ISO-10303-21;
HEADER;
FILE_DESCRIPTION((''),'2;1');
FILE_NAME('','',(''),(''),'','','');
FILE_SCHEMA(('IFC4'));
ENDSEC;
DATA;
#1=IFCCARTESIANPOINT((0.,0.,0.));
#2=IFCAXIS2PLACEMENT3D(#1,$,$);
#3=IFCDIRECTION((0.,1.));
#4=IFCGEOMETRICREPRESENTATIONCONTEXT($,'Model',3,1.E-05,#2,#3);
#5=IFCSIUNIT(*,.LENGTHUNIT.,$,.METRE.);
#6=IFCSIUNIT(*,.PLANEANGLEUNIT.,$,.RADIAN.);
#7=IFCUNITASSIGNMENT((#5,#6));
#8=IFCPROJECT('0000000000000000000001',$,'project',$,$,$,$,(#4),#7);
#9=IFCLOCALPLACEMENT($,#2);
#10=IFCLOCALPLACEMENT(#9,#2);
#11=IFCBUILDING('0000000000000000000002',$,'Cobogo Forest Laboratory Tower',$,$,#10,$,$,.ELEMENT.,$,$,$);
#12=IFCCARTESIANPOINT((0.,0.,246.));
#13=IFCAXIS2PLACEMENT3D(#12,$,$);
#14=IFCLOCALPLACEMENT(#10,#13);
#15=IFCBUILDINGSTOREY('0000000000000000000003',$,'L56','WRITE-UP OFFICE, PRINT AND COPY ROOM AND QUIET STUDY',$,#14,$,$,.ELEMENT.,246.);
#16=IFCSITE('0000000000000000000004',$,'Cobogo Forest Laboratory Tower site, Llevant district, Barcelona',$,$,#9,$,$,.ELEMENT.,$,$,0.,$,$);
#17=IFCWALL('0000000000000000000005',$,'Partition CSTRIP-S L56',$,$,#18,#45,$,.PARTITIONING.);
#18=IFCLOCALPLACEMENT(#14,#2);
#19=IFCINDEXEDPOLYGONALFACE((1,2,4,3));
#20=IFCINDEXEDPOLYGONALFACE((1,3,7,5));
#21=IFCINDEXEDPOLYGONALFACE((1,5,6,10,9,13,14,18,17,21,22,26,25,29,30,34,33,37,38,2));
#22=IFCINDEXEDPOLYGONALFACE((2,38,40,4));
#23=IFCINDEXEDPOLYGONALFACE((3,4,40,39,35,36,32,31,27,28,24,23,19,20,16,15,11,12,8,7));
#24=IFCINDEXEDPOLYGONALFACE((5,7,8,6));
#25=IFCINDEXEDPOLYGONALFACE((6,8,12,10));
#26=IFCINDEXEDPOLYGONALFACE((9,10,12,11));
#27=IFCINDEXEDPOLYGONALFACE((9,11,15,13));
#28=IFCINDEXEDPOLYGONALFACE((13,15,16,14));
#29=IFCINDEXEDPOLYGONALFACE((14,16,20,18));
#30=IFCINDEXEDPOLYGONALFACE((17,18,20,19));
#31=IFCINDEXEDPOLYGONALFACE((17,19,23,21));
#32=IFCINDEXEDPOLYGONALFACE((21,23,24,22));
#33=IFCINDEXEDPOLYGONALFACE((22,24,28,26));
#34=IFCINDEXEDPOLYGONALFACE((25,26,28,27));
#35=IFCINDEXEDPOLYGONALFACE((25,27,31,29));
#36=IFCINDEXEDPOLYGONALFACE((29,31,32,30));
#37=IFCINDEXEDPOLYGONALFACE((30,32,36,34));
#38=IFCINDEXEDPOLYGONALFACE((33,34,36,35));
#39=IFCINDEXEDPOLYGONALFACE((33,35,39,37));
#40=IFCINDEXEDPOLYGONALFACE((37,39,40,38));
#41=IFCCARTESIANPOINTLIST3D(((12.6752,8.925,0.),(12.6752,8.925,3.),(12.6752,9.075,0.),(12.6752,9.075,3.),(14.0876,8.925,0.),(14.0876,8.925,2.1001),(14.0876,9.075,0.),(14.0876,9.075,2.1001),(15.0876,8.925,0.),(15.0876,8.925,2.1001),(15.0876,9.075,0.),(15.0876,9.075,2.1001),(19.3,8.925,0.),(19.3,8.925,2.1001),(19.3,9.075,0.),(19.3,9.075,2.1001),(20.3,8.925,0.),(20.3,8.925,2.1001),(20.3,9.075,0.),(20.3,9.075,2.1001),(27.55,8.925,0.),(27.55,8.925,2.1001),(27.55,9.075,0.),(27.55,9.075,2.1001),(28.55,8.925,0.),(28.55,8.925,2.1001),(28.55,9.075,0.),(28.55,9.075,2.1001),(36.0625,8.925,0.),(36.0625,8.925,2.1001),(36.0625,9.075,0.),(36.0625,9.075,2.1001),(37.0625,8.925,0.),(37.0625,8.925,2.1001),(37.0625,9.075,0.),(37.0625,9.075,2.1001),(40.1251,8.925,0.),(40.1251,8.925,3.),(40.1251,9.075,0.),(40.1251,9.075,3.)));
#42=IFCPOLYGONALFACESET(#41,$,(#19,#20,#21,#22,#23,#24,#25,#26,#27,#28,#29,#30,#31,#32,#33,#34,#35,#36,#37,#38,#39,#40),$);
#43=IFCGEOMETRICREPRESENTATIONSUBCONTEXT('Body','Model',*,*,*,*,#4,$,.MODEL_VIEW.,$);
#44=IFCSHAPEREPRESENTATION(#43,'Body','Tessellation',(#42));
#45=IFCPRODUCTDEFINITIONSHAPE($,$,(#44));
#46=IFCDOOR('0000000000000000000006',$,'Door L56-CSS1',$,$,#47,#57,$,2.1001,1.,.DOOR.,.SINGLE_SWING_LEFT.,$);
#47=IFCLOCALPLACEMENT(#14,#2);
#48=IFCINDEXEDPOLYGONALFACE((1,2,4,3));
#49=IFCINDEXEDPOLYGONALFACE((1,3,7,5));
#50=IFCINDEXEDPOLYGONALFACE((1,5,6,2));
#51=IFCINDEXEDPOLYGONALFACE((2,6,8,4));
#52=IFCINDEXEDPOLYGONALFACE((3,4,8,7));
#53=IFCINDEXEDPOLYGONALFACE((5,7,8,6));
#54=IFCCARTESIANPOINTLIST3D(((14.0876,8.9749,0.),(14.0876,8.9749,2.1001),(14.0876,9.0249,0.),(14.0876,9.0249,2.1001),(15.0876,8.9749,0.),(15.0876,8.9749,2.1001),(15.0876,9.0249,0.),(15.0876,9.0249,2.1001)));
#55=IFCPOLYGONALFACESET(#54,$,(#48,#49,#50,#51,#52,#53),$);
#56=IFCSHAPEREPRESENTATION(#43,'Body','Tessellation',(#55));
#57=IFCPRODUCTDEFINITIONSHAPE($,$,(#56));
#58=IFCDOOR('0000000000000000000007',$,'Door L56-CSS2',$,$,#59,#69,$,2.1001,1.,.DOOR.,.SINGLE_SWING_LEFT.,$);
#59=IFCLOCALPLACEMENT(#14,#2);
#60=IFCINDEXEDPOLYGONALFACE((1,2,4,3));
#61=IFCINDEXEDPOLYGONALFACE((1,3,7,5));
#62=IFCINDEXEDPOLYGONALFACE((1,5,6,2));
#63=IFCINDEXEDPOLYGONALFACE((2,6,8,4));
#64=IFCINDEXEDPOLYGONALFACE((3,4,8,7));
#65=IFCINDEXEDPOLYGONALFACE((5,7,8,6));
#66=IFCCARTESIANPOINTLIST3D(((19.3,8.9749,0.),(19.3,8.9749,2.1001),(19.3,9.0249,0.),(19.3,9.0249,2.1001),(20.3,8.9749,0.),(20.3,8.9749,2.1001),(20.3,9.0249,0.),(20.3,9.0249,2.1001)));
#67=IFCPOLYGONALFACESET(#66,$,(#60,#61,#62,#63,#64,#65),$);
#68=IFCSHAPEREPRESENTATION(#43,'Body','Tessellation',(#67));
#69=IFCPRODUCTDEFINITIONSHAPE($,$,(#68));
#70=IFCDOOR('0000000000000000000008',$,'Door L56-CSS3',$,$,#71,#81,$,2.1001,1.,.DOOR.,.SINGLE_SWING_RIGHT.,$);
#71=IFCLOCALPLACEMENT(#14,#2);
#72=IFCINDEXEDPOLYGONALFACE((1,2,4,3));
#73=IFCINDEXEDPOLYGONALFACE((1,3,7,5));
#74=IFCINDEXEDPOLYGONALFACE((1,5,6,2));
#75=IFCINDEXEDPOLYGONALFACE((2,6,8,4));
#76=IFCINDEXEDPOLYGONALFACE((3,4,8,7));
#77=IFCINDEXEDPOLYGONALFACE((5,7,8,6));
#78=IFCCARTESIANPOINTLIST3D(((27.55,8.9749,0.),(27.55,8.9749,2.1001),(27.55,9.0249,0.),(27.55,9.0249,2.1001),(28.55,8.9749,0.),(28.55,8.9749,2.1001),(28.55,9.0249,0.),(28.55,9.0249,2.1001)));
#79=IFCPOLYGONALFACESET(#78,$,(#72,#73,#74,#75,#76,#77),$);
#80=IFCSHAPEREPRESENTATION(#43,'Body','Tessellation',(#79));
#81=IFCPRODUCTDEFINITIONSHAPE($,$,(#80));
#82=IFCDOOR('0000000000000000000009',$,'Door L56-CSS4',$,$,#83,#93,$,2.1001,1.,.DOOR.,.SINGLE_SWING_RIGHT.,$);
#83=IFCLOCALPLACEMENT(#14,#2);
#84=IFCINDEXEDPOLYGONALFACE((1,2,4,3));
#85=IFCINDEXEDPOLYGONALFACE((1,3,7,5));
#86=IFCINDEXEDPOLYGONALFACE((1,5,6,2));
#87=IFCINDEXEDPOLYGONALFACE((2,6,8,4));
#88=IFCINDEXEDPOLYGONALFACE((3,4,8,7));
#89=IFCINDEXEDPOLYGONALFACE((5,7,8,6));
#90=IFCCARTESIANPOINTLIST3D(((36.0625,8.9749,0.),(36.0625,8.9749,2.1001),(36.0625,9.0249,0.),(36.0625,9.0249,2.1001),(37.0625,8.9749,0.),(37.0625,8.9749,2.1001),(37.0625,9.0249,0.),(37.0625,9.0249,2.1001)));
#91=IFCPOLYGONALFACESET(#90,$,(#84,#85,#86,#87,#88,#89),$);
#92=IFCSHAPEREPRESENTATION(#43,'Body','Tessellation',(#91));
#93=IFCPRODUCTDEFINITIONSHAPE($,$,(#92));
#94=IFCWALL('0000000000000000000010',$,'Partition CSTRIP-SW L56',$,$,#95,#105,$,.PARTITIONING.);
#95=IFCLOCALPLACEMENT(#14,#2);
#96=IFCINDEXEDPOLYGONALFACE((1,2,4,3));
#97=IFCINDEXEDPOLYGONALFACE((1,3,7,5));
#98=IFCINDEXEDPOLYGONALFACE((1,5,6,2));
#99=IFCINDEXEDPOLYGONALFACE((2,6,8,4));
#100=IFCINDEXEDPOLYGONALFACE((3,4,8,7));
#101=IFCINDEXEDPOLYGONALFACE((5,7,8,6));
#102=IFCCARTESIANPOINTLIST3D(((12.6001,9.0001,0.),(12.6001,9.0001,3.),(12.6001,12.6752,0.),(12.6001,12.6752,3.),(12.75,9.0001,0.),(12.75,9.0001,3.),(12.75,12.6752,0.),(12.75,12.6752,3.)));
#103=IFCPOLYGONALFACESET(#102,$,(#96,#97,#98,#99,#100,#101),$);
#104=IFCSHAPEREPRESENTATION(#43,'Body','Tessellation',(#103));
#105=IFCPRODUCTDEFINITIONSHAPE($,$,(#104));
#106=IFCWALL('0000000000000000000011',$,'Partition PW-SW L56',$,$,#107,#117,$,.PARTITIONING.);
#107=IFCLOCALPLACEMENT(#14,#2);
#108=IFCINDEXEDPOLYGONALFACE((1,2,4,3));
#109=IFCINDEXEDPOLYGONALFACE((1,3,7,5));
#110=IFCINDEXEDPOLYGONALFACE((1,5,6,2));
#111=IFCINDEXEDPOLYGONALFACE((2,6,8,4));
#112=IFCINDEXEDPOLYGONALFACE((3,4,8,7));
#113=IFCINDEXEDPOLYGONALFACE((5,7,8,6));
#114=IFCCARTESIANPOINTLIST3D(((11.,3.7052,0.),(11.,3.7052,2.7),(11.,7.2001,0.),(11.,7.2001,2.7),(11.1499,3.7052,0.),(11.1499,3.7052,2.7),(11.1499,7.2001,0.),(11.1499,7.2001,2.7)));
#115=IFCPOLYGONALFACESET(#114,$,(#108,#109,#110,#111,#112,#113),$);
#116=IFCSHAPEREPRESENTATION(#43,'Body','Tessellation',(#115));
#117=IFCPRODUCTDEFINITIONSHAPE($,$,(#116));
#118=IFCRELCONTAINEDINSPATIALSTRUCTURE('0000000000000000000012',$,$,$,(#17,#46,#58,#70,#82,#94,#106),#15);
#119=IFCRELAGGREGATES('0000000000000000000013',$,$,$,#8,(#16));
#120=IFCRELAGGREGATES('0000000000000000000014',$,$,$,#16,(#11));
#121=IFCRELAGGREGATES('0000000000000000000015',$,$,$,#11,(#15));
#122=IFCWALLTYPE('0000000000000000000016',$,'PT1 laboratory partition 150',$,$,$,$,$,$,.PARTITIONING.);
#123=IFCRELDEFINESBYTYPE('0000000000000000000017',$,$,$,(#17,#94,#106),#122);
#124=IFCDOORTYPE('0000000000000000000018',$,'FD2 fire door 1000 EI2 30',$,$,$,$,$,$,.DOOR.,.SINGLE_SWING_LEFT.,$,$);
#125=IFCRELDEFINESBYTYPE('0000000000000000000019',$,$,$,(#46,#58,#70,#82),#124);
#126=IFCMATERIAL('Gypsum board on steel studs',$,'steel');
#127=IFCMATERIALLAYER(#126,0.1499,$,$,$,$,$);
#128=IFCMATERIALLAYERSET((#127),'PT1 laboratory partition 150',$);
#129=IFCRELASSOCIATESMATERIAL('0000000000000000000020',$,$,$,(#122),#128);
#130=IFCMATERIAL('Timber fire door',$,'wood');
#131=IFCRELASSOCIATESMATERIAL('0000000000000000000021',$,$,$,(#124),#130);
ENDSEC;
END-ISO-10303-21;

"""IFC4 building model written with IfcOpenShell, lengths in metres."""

from ifc_helpers import new_model, si_unit, direction, frame, frame_2d, origin, place, context, subcontext, project, spatial, rectangle, extrude, material, layer, layer_set, type_object, element, fill, save


model = new_model("IFC4")

# Units and contexts
model_context = context("Model", 3, precision=1e-05, world=origin(), true_north=direction((0.0, 1.0)))
body_context = subcontext(model_context, "Body", "Model", "MODEL_VIEW")
ifc_project = project(units=[si_unit("LENGTHUNIT", "METRE"), si_unit("PLANEANGLEUNIT", "RADIAN")], contexts=[model_context])

# Site, building, storey
site_placement = place(None, origin())
site = spatial("IfcSite", under=ifc_project, at=site_placement, Name="Cobogo Forest Laboratory Tower site, Llevant district, Barcelona", CompositionType="ELEMENT", RefElevation=0.0)
building_placement = place(site_placement, origin())
building = spatial("IfcBuilding", under=site, at=building_placement, Name="Cobogo Forest Laboratory Tower", CompositionType="ELEMENT")
storey_placement = place(building_placement, frame((0.0, 0.0, 246.0)))
storey = spatial("IfcBuildingStorey", under=building, at=storey_placement, Name="L56", Description="WRITE-UP OFFICE, PRINT AND COPY ROOM AND QUIET STUDY", CompositionType="ELEMENT", Elevation=246.0)

# Wall, openings, doors
ifc_material_1 = material(Name="Gypsum board on steel studs", Category="steel")
ifc_layer_1 = layer(ifc_material_1, 0.1499)
ifc_layer_set_1 = layer_set([ifc_layer_1], Name="PT1 laboratory partition 150")
wall_type_1 = type_object("IfcWallType", Name="PT1 laboratory partition 150", PredefinedType="PARTITIONING", material=ifc_layer_set_1)
wall_1_placement = place(storey_placement, frame((12.675, 9.0, 0.0), z_axis=(0.0, 0.0, 1.0), x_axis=(1.0, 0.0, 0.0)))
wall_1 = element("IfcWall", 1, at=wall_1_placement, inside=storey, type_object=wall_type_1, Name="Partition CSTRIP-S L56", PredefinedType="PARTITIONING", context=body_context, shape_type="SweptSolid", body=[
    extrude(rectangle(XDim=27.45, YDim=0.1499, at=frame_2d((13.7251, 0.0))), origin(), (0.0, 0.0, 1.0), 3.0),
])
opening_1_placement = place(wall_1_placement, frame((1.4126, 0.0, 0.0)))
opening_1 = element("IfcOpeningElement", 2, at=opening_1_placement, cuts=wall_1, PredefinedType="OPENING", context=body_context, shape_type="SweptSolid", body=[
    extrude(rectangle(XDim=1.0, YDim=2.1001, at=frame_2d((0.5, 1.05))), frame((0.0, 0.085, 0.0), z_axis=(0.0, -1.0, 0.0), x_axis=(1.0, 0.0, 0.0)), (0.0, 0.0, 1.0), 0.1699),
])
opening_2_placement = place(wall_1_placement, frame((6.625, 0.0, 0.0)))
opening_2 = element("IfcOpeningElement", 3, at=opening_2_placement, cuts=wall_1, PredefinedType="OPENING", context=body_context, shape_type="SweptSolid", body=[
    extrude(rectangle(XDim=1.0, YDim=2.1001, at=frame_2d((0.5, 1.05))), frame((0.0, 0.085, 0.0), z_axis=(0.0, -1.0, 0.0), x_axis=(1.0, 0.0, 0.0)), (0.0, 0.0, 1.0), 0.1699),
])
opening_3_placement = place(wall_1_placement, frame((14.875, 0.0, 0.0)))
opening_3 = element("IfcOpeningElement", 4, at=opening_3_placement, cuts=wall_1, PredefinedType="OPENING", context=body_context, shape_type="SweptSolid", body=[
    extrude(rectangle(XDim=1.0, YDim=2.1001, at=frame_2d((0.5, 1.05))), frame((0.0, 0.085, 0.0), z_axis=(0.0, -1.0, 0.0), x_axis=(1.0, 0.0, 0.0)), (0.0, 0.0, 1.0), 0.1699),
])
opening_4_placement = place(wall_1_placement, frame((23.3875, 0.0, 0.0)))
opening_4 = element("IfcOpeningElement", 5, at=opening_4_placement, cuts=wall_1, PredefinedType="OPENING", context=body_context, shape_type="SweptSolid", body=[
    extrude(rectangle(XDim=1.0, YDim=2.1001, at=frame_2d((0.5, 1.05))), frame((0.0, 0.085, 0.0), z_axis=(0.0, -1.0, 0.0), x_axis=(1.0, 0.0, 0.0)), (0.0, 0.0, 1.0), 0.1699),
])
ifc_material_2 = material(Name="Timber fire door", Category="wood")
door_type_1 = type_object("IfcDoorType", Name="FD2 fire door 1000 EI2 30", OperationType="SINGLE_SWING_LEFT", PredefinedType="DOOR", material=ifc_material_2)
door_1_placement = place(opening_1_placement, origin())
door_1 = element("IfcDoor", 6, at=door_1_placement, inside=storey, type_object=door_type_1, Name="Door L56-CSS1", OperationType="SINGLE_SWING_LEFT", OverallHeight=2.1001, OverallWidth=1.0, PredefinedType="DOOR", context=body_context, shape_type="SweptSolid", body=[
    extrude(rectangle(XDim=1.0, YDim=2.1001, at=frame_2d((0.5, 1.05))), frame((0.0, 0.0249, 0.0), z_axis=(0.0, -1.0, 0.0), x_axis=(1.0, 0.0, 0.0)), (0.0, 0.0, 1.0), 0.05),
])
fill(opening_1, door_1)
door_2_placement = place(opening_2_placement, origin())
door_2 = element("IfcDoor", 7, at=door_2_placement, inside=storey, type_object=door_type_1, Name="Door L56-CSS2", OperationType="SINGLE_SWING_LEFT", OverallHeight=2.1001, OverallWidth=1.0, PredefinedType="DOOR", context=body_context, shape_type="SweptSolid", body=[
    extrude(rectangle(XDim=1.0, YDim=2.1001, at=frame_2d((0.5, 1.05))), frame((0.0, 0.0249, 0.0), z_axis=(0.0, -1.0, 0.0), x_axis=(1.0, 0.0, 0.0)), (0.0, 0.0, 1.0), 0.05),
])
fill(opening_2, door_2)
door_3_placement = place(opening_3_placement, origin())
door_3 = element("IfcDoor", 8, at=door_3_placement, inside=storey, type_object=door_type_1, Name="Door L56-CSS3", OperationType="SINGLE_SWING_RIGHT", OverallHeight=2.1001, OverallWidth=1.0, PredefinedType="DOOR", context=body_context, shape_type="SweptSolid", body=[
    extrude(rectangle(XDim=1.0, YDim=2.1001, at=frame_2d((0.5, 1.05))), frame((0.0, 0.0249, 0.0), z_axis=(0.0, -1.0, 0.0), x_axis=(1.0, 0.0, 0.0)), (0.0, 0.0, 1.0), 0.05),
])
fill(opening_3, door_3)
door_4_placement = place(opening_4_placement, origin())
door_4 = element("IfcDoor", 9, at=door_4_placement, inside=storey, type_object=door_type_1, Name="Door L56-CSS4", OperationType="SINGLE_SWING_RIGHT", OverallHeight=2.1001, OverallWidth=1.0, PredefinedType="DOOR", context=body_context, shape_type="SweptSolid", body=[
    extrude(rectangle(XDim=1.0, YDim=2.1001, at=frame_2d((0.5, 1.05))), frame((0.0, 0.0249, 0.0), z_axis=(0.0, -1.0, 0.0), x_axis=(1.0, 0.0, 0.0)), (0.0, 0.0, 1.0), 0.05),
])
fill(opening_4, door_4)

# Walls
wall_2_placement = place(storey_placement, frame((12.675, 12.675, 0.0), z_axis=(0.0, 0.0, 1.0), x_axis=(0.0, -1.0, 0.0)))
element("IfcWall", 10, at=wall_2_placement, inside=storey, type_object=wall_type_1, Name="Partition CSTRIP-SW L56", PredefinedType="PARTITIONING", context=body_context, shape_type="SweptSolid", body=[
    extrude(rectangle(XDim=3.675, YDim=0.1499, at=frame_2d((1.8374, 0.0))), origin(), (0.0, 0.0, 1.0), 3.0),
])
wall_3_placement = place(storey_placement, frame((11.075, 3.7051, 0.0), z_axis=(0.0, 0.0, 1.0), x_axis=(0.0, 1.0, 0.0)))
element("IfcWall", 11, at=wall_3_placement, inside=storey, type_object=wall_type_1, Name="Partition PW-SW L56", PredefinedType="PARTITIONING", context=body_context, shape_type="SweptSolid", body=[
    extrude(rectangle(XDim=3.4949, YDim=0.1499, at=frame_2d((1.7476, 0.0))), origin(), (0.0, 0.0, 1.0), 2.7),
])

save(model, "model.ifc")
